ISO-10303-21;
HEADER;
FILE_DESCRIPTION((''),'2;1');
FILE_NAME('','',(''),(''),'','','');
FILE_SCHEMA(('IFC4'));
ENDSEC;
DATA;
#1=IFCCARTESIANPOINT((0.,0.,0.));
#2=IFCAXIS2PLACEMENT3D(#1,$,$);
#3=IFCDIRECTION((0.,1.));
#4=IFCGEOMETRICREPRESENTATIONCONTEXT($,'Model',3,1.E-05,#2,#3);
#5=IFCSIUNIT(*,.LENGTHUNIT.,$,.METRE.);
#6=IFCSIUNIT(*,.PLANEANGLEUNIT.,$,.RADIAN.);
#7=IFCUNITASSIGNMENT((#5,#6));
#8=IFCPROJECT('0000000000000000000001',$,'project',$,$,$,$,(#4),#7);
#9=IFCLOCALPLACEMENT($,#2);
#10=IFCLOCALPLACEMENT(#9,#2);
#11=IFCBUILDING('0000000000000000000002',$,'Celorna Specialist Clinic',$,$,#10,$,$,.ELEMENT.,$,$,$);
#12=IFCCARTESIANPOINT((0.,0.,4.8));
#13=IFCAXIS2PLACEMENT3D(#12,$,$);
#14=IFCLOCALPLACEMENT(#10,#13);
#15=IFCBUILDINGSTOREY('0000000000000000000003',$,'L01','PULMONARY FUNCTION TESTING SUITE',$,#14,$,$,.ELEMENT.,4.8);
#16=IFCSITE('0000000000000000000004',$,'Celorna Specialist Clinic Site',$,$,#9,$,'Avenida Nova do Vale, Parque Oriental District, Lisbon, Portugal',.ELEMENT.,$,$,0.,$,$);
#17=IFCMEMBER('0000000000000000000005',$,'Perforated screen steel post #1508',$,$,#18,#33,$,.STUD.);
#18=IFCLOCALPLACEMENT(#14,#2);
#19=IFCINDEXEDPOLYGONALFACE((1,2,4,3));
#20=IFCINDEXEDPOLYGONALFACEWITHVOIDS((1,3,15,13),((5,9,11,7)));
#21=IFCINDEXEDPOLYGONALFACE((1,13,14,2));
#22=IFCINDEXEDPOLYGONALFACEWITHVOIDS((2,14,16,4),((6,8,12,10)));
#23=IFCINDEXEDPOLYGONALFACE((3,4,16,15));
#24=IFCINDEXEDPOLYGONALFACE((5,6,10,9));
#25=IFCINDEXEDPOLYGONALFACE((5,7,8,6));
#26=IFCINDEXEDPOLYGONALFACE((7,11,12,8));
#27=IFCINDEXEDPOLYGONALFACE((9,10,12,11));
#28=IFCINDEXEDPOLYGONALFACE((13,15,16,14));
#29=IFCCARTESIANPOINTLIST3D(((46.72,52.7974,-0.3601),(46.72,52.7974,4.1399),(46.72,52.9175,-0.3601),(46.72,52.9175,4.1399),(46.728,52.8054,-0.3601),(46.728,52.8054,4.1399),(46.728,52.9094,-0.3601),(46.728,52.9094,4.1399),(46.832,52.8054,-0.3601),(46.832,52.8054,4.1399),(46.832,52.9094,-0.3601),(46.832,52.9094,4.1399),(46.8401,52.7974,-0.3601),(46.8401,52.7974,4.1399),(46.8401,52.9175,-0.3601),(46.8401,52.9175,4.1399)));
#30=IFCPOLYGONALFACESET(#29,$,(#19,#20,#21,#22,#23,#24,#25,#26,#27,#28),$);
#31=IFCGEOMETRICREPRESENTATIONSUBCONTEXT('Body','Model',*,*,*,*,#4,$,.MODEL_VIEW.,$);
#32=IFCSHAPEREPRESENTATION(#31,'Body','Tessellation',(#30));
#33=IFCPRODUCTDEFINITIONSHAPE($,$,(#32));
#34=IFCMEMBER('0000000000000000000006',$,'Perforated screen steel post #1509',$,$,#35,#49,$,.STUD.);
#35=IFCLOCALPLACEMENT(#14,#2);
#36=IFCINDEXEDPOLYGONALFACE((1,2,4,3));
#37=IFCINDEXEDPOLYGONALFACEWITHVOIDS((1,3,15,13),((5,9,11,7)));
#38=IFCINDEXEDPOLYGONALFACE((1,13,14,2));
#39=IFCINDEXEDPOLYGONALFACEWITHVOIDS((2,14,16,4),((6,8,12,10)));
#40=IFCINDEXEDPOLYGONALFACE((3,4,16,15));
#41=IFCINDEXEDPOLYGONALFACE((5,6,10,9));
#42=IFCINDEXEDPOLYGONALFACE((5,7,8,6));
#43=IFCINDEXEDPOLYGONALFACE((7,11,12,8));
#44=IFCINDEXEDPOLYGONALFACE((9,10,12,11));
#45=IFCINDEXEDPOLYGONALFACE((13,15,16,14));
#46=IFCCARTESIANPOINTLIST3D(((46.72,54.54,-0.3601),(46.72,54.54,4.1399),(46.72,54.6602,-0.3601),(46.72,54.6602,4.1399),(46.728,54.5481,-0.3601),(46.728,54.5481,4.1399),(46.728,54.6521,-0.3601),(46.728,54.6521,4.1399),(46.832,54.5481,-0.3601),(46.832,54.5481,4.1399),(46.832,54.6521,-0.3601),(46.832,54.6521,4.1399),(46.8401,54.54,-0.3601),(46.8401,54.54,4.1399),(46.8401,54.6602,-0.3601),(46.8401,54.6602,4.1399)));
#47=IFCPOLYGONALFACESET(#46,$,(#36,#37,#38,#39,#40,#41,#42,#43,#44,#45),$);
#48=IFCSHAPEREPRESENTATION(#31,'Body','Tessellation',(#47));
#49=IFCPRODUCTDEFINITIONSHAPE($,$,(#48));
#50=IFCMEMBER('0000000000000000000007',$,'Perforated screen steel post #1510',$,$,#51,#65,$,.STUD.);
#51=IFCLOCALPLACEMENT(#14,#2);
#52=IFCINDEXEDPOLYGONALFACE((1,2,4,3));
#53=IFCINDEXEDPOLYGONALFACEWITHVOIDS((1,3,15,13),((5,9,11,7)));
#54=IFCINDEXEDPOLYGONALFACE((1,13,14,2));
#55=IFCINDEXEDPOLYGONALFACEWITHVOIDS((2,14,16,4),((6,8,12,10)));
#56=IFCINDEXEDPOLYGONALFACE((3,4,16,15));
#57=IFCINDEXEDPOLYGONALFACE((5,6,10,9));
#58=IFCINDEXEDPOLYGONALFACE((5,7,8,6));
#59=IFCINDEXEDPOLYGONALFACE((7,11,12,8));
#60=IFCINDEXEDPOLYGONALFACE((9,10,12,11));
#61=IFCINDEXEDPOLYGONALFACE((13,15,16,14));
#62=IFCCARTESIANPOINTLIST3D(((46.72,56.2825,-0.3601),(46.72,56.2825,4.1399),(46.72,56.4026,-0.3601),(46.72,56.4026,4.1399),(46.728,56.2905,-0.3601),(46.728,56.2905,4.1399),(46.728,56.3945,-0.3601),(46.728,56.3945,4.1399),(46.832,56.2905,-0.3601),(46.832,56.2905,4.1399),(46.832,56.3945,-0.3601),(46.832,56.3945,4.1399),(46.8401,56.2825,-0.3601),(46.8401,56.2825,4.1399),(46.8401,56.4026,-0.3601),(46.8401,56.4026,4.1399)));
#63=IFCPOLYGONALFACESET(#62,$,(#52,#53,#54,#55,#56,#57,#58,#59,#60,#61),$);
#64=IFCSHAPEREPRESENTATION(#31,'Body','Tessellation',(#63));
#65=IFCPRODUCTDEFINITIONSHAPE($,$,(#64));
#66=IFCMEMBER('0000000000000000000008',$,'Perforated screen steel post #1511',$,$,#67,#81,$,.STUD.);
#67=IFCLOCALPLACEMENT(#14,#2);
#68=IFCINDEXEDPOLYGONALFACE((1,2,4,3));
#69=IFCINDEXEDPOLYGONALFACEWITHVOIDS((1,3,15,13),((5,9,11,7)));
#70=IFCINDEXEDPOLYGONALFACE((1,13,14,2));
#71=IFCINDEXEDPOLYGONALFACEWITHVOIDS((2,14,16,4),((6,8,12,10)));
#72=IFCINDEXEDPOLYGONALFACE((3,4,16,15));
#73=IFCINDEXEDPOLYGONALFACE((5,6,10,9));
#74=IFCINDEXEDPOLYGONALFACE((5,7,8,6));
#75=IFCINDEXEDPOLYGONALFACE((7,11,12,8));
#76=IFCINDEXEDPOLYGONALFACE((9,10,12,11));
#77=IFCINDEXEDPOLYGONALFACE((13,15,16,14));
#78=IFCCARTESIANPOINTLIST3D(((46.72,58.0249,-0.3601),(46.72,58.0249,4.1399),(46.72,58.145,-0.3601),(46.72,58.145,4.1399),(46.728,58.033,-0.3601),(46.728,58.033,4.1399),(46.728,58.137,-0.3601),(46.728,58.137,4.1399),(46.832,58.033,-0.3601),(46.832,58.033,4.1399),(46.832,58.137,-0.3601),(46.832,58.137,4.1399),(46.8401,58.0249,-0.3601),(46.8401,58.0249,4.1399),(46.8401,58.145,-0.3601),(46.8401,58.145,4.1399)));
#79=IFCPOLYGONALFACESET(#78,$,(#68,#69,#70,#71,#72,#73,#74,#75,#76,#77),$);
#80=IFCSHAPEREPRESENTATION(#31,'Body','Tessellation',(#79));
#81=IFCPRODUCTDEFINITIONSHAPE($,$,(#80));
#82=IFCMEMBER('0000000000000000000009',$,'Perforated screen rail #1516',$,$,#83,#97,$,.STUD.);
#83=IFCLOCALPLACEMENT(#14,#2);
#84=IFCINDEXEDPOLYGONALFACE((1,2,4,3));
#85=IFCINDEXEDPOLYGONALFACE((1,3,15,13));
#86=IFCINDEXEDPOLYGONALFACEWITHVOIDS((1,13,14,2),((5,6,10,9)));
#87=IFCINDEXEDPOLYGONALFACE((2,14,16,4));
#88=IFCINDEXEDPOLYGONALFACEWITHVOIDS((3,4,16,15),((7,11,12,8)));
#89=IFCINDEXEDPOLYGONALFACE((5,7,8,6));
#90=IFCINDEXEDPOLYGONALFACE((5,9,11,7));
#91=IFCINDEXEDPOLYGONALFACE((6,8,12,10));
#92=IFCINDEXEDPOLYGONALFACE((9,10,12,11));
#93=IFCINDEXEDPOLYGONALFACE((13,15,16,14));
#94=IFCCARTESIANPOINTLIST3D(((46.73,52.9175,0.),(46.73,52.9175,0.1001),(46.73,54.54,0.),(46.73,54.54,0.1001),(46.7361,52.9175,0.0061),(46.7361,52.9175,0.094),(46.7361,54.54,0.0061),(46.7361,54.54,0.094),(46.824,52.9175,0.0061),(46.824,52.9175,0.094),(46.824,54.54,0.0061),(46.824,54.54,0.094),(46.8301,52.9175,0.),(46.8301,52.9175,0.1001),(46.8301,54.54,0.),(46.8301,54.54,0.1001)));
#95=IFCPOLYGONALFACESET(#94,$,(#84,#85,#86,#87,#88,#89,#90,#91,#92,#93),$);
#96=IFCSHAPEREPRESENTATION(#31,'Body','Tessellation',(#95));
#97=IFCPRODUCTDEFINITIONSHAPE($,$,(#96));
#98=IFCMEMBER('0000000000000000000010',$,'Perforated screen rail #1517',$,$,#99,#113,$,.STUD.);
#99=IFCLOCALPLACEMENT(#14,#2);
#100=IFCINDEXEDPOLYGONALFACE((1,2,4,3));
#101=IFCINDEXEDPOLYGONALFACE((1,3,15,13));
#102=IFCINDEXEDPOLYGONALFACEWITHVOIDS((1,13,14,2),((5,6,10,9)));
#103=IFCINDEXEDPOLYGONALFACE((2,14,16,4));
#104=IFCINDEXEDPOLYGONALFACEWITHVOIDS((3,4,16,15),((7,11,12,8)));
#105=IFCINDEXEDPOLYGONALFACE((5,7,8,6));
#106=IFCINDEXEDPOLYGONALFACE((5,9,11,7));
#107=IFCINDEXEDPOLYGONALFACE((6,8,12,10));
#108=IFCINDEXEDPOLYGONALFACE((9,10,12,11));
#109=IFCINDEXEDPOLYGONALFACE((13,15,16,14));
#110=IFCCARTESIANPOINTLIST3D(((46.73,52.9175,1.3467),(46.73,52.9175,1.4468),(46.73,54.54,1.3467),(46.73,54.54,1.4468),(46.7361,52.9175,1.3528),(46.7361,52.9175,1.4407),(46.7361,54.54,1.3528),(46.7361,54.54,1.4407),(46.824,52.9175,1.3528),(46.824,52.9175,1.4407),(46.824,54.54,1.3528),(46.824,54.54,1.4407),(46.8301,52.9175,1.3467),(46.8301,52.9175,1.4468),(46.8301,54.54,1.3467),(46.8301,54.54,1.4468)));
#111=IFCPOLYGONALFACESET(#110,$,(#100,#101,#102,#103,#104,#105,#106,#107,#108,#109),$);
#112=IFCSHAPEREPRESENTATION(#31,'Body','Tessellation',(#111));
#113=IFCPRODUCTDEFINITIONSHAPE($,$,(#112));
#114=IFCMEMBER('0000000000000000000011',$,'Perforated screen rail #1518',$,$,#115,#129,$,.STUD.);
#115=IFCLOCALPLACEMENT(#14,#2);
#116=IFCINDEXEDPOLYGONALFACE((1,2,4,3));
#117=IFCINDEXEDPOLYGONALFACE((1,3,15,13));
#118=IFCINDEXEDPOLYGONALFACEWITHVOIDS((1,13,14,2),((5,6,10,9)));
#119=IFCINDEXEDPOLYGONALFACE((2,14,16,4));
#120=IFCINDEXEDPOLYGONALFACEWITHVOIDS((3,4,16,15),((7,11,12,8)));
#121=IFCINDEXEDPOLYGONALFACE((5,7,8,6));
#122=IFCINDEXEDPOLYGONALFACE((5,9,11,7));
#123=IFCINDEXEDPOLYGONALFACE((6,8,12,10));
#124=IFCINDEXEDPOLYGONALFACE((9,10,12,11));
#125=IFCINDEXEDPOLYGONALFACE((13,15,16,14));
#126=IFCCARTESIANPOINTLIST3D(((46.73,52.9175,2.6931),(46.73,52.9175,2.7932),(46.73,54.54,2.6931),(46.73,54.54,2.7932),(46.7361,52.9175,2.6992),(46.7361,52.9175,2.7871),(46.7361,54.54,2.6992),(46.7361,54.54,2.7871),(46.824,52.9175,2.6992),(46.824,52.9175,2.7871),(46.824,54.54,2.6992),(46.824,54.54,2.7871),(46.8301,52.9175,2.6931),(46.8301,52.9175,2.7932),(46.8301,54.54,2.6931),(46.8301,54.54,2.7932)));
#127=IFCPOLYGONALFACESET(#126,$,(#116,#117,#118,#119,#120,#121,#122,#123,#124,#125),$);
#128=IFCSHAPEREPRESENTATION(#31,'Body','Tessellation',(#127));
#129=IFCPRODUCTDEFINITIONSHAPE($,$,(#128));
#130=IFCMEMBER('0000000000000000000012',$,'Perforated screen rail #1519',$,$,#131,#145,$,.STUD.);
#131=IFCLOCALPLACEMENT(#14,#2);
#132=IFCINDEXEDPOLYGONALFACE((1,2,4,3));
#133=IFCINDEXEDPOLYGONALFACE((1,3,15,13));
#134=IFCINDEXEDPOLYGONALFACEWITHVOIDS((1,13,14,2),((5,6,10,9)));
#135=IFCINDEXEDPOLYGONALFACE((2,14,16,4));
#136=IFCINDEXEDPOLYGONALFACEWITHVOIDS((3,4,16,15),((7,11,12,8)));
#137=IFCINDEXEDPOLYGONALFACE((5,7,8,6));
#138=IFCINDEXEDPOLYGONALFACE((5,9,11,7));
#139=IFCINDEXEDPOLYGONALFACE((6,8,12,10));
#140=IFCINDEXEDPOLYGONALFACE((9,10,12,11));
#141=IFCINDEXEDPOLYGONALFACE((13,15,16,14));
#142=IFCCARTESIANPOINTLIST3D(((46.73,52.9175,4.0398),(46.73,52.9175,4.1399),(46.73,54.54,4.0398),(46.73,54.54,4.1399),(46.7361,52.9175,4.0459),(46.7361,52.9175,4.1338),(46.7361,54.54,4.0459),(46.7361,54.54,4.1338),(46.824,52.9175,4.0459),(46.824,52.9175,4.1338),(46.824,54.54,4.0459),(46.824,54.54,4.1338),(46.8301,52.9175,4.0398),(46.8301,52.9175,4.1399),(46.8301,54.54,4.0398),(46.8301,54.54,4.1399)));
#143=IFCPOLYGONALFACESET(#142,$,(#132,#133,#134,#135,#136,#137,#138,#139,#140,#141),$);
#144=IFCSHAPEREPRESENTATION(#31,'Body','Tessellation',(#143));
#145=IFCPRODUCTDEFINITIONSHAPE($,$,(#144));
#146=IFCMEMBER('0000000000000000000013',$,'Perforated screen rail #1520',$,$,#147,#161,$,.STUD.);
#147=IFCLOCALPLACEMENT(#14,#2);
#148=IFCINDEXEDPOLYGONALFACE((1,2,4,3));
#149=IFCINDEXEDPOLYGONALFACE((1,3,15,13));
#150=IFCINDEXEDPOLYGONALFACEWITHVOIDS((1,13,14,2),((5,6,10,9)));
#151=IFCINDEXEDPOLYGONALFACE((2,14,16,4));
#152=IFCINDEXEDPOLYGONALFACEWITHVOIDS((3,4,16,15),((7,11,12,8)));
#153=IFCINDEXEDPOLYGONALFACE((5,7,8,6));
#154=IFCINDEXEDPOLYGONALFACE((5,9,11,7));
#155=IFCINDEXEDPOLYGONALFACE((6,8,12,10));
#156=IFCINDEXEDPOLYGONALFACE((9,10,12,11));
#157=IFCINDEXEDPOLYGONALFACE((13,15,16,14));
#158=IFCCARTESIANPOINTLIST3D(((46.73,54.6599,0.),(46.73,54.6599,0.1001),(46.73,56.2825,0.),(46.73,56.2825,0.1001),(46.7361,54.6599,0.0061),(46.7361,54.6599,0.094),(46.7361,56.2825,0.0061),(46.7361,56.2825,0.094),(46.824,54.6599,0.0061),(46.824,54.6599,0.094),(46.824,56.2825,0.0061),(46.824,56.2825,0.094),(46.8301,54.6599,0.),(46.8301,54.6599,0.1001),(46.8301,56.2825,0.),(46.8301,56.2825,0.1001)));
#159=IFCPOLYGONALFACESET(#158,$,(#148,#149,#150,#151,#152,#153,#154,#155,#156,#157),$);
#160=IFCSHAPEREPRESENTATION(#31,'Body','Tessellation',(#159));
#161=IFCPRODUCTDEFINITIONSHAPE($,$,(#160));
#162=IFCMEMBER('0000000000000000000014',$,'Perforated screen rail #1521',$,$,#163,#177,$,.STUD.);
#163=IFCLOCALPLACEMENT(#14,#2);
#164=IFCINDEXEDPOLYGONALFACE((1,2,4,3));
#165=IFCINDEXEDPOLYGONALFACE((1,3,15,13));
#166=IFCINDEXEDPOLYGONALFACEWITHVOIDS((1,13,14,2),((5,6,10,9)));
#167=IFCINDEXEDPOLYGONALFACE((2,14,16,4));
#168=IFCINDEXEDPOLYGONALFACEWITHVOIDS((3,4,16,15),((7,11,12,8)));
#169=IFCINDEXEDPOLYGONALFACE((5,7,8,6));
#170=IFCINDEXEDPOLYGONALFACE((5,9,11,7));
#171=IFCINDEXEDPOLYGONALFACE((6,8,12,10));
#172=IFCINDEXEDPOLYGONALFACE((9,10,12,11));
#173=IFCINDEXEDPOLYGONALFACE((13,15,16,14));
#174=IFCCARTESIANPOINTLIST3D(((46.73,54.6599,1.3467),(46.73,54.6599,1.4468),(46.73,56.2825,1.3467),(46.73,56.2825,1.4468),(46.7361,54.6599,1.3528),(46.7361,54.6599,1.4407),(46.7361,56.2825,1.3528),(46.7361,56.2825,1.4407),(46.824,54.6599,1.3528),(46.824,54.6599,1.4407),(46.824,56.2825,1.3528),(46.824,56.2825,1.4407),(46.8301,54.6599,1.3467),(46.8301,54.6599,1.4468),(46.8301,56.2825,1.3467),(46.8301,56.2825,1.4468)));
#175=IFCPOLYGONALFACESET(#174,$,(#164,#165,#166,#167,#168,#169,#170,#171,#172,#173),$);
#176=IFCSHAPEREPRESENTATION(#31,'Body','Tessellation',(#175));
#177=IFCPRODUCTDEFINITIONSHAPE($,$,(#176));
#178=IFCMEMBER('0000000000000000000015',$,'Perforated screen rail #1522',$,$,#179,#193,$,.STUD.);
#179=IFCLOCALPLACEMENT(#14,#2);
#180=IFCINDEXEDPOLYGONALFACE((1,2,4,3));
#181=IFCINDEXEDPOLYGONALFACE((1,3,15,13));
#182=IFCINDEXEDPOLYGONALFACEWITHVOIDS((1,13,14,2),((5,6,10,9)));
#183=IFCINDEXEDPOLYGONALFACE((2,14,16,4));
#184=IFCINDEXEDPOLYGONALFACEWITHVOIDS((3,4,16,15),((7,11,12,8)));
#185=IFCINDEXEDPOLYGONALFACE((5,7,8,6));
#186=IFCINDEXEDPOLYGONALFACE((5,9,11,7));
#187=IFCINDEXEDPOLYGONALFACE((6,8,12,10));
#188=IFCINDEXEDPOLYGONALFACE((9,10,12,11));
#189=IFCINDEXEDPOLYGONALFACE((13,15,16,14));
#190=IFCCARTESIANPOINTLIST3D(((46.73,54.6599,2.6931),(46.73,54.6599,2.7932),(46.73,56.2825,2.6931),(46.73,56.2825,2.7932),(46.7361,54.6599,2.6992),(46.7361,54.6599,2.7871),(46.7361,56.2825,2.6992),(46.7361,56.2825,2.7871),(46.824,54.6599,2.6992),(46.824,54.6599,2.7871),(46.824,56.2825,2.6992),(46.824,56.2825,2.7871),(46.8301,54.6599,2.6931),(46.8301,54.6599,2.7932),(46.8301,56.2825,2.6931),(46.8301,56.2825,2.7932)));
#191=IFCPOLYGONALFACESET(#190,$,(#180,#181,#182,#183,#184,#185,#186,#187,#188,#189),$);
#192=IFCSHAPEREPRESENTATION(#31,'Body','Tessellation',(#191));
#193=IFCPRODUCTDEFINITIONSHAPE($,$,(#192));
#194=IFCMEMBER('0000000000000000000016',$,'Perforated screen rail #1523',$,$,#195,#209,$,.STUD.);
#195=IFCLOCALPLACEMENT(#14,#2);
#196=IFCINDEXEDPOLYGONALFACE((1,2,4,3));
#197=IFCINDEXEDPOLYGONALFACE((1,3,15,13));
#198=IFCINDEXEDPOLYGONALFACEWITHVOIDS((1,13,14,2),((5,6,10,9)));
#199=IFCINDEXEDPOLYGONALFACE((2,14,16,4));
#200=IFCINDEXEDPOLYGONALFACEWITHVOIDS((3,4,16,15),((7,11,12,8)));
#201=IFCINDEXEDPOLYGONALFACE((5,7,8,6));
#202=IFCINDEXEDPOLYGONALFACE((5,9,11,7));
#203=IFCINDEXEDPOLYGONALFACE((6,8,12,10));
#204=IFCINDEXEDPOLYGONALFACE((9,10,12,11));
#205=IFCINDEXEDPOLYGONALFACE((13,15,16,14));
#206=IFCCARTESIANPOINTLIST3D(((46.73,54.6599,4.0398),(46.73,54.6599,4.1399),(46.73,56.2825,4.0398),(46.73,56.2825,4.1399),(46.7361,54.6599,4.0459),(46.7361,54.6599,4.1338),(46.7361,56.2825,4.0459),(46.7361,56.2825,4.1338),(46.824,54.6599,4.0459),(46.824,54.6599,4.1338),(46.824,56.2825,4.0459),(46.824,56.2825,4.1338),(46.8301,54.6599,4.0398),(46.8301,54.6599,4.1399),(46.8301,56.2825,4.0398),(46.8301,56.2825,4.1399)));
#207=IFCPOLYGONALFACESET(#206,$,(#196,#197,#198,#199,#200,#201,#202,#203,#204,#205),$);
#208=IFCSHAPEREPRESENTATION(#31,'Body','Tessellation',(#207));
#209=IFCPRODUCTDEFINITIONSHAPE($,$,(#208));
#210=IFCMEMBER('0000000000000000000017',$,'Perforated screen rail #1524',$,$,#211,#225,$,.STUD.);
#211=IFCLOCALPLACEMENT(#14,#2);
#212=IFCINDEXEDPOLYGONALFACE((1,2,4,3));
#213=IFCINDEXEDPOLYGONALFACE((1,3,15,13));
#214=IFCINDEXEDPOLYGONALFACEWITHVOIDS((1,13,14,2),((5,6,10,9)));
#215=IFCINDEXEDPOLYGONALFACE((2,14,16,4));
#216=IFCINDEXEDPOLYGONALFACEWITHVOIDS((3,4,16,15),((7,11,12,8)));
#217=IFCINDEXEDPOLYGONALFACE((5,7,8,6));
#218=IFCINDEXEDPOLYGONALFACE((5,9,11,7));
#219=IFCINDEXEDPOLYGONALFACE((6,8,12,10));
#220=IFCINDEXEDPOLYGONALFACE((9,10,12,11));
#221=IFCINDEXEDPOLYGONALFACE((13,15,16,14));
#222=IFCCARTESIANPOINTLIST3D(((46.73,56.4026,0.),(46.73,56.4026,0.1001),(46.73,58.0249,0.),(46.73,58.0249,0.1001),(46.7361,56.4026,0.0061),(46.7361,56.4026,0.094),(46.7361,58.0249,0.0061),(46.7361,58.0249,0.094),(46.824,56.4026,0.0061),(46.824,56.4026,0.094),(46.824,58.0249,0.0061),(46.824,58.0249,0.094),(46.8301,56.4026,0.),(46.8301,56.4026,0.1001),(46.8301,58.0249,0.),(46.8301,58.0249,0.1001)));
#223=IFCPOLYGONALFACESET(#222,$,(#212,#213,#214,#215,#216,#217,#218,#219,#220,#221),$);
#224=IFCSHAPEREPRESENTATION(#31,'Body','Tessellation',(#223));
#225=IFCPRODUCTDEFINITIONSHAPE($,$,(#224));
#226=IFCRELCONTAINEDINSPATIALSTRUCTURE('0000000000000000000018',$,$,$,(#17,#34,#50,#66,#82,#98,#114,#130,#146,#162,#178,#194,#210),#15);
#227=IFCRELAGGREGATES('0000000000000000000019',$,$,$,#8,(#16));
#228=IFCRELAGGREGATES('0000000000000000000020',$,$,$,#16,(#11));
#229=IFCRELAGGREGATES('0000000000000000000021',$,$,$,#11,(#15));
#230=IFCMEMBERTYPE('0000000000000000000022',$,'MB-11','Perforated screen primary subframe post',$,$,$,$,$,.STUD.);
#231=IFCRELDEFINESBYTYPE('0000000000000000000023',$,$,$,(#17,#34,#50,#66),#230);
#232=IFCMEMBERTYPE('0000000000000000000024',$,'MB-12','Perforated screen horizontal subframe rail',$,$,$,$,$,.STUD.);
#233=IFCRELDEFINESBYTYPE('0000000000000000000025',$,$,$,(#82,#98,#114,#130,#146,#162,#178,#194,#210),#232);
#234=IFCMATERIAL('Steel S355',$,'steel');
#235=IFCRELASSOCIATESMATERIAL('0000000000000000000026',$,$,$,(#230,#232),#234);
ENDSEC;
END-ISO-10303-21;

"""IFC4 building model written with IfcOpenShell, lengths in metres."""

from ifc_helpers import new_model, si_unit, direction, frame, origin, origin_2d, place, context, subcontext, project, spatial, hollow_rectangle, extrude, material, material_profile, profile_set, type_object, element, save


model = new_model("IFC4")

# Units and contexts
model_context = context("Model", 3, precision=1e-05, world=origin(), true_north=direction((0.0, 1.0)))
body_context = subcontext(model_context, "Body", "Model", "MODEL_VIEW")
ifc_project = project(units=[si_unit("LENGTHUNIT", "METRE"), si_unit("PLANEANGLEUNIT", "RADIAN")], contexts=[model_context])

# Site, building, storey
site_placement = place(None, origin())
site = spatial("IfcSite", under=ifc_project, at=site_placement, Name="Celorna Specialist Clinic Site", LongName="Avenida Nova do Vale, Parque Oriental District, Lisbon, Portugal", CompositionType="ELEMENT", RefElevation=0.0)
building_placement = place(site_placement, origin())
building = spatial("IfcBuilding", under=site, at=building_placement, Name="Celorna Specialist Clinic", CompositionType="ELEMENT")
storey_placement = place(building_placement, frame((0.0, 0.0, 4.8)))
storey = spatial("IfcBuildingStorey", under=building, at=storey_placement, Name="L01", Description="PULMONARY FUNCTION TESTING SUITE", CompositionType="ELEMENT", Elevation=4.8)

# Members
ifc_material_1 = material(Name="Steel S355", Category="steel")
ifc_material_profile_1 = material_profile(ifc_material_1, hollow_rectangle(XDim=0.1201, YDim=0.1201, WallThickness=0.0081, at=origin_2d()), Name="SHS 120x120x8")
ifc_profile_set_1 = profile_set([ifc_material_profile_1], Name="Steel S355")
member_type_1 = type_object("IfcMemberType", Name="MB-11", Description="Perforated screen primary subframe post", PredefinedType="STUD", material=ifc_profile_set_1)
for number, where, z_axis, x_axis, name in (
    (1, (46.78, 52.8574, -0.3601), (0.0, 0.0, 1.0), (1.0, 0.0, 0.0), "Perforated screen steel post #1508"),
    (2, (46.78, 54.6001, -0.3601), (0.0, 0.0, 1.0), (1.0, 0.0, 0.0), "Perforated screen steel post #1509"),
    (3, (46.78, 56.3425, -0.3601), (0.0, 0.0, 1.0), (1.0, 0.0, 0.0), "Perforated screen steel post #1510"),
    (4, (46.78, 58.085, -0.3601), (0.0, 0.0, 1.0), (1.0, 0.0, 0.0), "Perforated screen steel post #1511"),
):
    element("IfcMember", number, at=place(storey_placement, frame(where, z_axis=z_axis, x_axis=x_axis)), inside=storey, type_object=member_type_1, Name=name, PredefinedType="STUD", context=body_context, shape_type="SweptSolid", body=[
        extrude(hollow_rectangle(XDim=0.1201, YDim=0.1201, WallThickness=0.0081, at=origin_2d()), origin(), (0.0, 0.0, 1.0), 4.5),
    ])
ifc_material_profile_2 = material_profile(ifc_material_1, hollow_rectangle(XDim=0.1001, YDim=0.1001, WallThickness=0.0061, at=origin_2d()), Name="SHS 100x100x6")
ifc_profile_set_2 = profile_set([ifc_material_profile_2], Name="Steel S355")
member_type_2 = type_object("IfcMemberType", Name="MB-12", Description="Perforated screen horizontal subframe rail", PredefinedType="STUD", material=ifc_profile_set_2)
for number, where, z_axis, x_axis, name in (
    (5, (46.78, 52.9175, 0.05), (0.0, 1.0, 0.0), (-1.0, 0.0, 0.0), "Perforated screen rail #1516"),
    (6, (46.78, 52.9175, 1.3967), (0.0, 1.0, 0.0), (-1.0, 0.0, 0.0), "Perforated screen rail #1517"),
    (7, (46.78, 52.9175, 2.7432), (0.0, 1.0, 0.0), (-1.0, 0.0, 0.0), "Perforated screen rail #1518"),
    (8, (46.78, 52.9175, 4.0898), (0.0, 1.0, 0.0), (-1.0, 0.0, 0.0), "Perforated screen rail #1519"),
    (9, (46.78, 54.6599, 0.05), (0.0, 1.0, 0.0), (-1.0, 0.0, 0.0), "Perforated screen rail #1520"),
    (10, (46.78, 54.6599, 1.3967), (0.0, 1.0, 0.0), (-1.0, 0.0, 0.0), "Perforated screen rail #1521"),
    (11, (46.78, 54.6599, 2.7432), (0.0, 1.0, 0.0), (-1.0, 0.0, 0.0), "Perforated screen rail #1522"),
    (12, (46.78, 54.6599, 4.0898), (0.0, 1.0, 0.0), (-1.0, 0.0, 0.0), "Perforated screen rail #1523"),
):
    element("IfcMember", number, at=place(storey_placement, frame(where, z_axis=z_axis, x_axis=x_axis)), inside=storey, type_object=member_type_2, Name=name, PredefinedType="STUD", context=body_context, shape_type="SweptSolid", body=[
        extrude(hollow_rectangle(XDim=0.1001, YDim=0.1001, WallThickness=0.0061, at=origin_2d()), origin(), (0.0, 0.0, 1.0), 1.6226),
    ])
for number, where, z_axis, x_axis, name in (
    (13, (46.78, 56.4026, 0.05), (0.0, 1.0, 0.0), (-1.0, 0.0, 0.0), "Perforated screen rail #1524"),
):
    element("IfcMember", number, at=place(storey_placement, frame(where, z_axis=z_axis, x_axis=x_axis)), inside=storey, type_object=member_type_2, Name=name, PredefinedType="STUD", context=body_context, shape_type="SweptSolid", body=[
        extrude(hollow_rectangle(XDim=0.1001, YDim=0.1001, WallThickness=0.0061, at=origin_2d()), origin(), (0.0, 0.0, 1.0), 1.6223),
    ])

save(model, "model.ifc")
